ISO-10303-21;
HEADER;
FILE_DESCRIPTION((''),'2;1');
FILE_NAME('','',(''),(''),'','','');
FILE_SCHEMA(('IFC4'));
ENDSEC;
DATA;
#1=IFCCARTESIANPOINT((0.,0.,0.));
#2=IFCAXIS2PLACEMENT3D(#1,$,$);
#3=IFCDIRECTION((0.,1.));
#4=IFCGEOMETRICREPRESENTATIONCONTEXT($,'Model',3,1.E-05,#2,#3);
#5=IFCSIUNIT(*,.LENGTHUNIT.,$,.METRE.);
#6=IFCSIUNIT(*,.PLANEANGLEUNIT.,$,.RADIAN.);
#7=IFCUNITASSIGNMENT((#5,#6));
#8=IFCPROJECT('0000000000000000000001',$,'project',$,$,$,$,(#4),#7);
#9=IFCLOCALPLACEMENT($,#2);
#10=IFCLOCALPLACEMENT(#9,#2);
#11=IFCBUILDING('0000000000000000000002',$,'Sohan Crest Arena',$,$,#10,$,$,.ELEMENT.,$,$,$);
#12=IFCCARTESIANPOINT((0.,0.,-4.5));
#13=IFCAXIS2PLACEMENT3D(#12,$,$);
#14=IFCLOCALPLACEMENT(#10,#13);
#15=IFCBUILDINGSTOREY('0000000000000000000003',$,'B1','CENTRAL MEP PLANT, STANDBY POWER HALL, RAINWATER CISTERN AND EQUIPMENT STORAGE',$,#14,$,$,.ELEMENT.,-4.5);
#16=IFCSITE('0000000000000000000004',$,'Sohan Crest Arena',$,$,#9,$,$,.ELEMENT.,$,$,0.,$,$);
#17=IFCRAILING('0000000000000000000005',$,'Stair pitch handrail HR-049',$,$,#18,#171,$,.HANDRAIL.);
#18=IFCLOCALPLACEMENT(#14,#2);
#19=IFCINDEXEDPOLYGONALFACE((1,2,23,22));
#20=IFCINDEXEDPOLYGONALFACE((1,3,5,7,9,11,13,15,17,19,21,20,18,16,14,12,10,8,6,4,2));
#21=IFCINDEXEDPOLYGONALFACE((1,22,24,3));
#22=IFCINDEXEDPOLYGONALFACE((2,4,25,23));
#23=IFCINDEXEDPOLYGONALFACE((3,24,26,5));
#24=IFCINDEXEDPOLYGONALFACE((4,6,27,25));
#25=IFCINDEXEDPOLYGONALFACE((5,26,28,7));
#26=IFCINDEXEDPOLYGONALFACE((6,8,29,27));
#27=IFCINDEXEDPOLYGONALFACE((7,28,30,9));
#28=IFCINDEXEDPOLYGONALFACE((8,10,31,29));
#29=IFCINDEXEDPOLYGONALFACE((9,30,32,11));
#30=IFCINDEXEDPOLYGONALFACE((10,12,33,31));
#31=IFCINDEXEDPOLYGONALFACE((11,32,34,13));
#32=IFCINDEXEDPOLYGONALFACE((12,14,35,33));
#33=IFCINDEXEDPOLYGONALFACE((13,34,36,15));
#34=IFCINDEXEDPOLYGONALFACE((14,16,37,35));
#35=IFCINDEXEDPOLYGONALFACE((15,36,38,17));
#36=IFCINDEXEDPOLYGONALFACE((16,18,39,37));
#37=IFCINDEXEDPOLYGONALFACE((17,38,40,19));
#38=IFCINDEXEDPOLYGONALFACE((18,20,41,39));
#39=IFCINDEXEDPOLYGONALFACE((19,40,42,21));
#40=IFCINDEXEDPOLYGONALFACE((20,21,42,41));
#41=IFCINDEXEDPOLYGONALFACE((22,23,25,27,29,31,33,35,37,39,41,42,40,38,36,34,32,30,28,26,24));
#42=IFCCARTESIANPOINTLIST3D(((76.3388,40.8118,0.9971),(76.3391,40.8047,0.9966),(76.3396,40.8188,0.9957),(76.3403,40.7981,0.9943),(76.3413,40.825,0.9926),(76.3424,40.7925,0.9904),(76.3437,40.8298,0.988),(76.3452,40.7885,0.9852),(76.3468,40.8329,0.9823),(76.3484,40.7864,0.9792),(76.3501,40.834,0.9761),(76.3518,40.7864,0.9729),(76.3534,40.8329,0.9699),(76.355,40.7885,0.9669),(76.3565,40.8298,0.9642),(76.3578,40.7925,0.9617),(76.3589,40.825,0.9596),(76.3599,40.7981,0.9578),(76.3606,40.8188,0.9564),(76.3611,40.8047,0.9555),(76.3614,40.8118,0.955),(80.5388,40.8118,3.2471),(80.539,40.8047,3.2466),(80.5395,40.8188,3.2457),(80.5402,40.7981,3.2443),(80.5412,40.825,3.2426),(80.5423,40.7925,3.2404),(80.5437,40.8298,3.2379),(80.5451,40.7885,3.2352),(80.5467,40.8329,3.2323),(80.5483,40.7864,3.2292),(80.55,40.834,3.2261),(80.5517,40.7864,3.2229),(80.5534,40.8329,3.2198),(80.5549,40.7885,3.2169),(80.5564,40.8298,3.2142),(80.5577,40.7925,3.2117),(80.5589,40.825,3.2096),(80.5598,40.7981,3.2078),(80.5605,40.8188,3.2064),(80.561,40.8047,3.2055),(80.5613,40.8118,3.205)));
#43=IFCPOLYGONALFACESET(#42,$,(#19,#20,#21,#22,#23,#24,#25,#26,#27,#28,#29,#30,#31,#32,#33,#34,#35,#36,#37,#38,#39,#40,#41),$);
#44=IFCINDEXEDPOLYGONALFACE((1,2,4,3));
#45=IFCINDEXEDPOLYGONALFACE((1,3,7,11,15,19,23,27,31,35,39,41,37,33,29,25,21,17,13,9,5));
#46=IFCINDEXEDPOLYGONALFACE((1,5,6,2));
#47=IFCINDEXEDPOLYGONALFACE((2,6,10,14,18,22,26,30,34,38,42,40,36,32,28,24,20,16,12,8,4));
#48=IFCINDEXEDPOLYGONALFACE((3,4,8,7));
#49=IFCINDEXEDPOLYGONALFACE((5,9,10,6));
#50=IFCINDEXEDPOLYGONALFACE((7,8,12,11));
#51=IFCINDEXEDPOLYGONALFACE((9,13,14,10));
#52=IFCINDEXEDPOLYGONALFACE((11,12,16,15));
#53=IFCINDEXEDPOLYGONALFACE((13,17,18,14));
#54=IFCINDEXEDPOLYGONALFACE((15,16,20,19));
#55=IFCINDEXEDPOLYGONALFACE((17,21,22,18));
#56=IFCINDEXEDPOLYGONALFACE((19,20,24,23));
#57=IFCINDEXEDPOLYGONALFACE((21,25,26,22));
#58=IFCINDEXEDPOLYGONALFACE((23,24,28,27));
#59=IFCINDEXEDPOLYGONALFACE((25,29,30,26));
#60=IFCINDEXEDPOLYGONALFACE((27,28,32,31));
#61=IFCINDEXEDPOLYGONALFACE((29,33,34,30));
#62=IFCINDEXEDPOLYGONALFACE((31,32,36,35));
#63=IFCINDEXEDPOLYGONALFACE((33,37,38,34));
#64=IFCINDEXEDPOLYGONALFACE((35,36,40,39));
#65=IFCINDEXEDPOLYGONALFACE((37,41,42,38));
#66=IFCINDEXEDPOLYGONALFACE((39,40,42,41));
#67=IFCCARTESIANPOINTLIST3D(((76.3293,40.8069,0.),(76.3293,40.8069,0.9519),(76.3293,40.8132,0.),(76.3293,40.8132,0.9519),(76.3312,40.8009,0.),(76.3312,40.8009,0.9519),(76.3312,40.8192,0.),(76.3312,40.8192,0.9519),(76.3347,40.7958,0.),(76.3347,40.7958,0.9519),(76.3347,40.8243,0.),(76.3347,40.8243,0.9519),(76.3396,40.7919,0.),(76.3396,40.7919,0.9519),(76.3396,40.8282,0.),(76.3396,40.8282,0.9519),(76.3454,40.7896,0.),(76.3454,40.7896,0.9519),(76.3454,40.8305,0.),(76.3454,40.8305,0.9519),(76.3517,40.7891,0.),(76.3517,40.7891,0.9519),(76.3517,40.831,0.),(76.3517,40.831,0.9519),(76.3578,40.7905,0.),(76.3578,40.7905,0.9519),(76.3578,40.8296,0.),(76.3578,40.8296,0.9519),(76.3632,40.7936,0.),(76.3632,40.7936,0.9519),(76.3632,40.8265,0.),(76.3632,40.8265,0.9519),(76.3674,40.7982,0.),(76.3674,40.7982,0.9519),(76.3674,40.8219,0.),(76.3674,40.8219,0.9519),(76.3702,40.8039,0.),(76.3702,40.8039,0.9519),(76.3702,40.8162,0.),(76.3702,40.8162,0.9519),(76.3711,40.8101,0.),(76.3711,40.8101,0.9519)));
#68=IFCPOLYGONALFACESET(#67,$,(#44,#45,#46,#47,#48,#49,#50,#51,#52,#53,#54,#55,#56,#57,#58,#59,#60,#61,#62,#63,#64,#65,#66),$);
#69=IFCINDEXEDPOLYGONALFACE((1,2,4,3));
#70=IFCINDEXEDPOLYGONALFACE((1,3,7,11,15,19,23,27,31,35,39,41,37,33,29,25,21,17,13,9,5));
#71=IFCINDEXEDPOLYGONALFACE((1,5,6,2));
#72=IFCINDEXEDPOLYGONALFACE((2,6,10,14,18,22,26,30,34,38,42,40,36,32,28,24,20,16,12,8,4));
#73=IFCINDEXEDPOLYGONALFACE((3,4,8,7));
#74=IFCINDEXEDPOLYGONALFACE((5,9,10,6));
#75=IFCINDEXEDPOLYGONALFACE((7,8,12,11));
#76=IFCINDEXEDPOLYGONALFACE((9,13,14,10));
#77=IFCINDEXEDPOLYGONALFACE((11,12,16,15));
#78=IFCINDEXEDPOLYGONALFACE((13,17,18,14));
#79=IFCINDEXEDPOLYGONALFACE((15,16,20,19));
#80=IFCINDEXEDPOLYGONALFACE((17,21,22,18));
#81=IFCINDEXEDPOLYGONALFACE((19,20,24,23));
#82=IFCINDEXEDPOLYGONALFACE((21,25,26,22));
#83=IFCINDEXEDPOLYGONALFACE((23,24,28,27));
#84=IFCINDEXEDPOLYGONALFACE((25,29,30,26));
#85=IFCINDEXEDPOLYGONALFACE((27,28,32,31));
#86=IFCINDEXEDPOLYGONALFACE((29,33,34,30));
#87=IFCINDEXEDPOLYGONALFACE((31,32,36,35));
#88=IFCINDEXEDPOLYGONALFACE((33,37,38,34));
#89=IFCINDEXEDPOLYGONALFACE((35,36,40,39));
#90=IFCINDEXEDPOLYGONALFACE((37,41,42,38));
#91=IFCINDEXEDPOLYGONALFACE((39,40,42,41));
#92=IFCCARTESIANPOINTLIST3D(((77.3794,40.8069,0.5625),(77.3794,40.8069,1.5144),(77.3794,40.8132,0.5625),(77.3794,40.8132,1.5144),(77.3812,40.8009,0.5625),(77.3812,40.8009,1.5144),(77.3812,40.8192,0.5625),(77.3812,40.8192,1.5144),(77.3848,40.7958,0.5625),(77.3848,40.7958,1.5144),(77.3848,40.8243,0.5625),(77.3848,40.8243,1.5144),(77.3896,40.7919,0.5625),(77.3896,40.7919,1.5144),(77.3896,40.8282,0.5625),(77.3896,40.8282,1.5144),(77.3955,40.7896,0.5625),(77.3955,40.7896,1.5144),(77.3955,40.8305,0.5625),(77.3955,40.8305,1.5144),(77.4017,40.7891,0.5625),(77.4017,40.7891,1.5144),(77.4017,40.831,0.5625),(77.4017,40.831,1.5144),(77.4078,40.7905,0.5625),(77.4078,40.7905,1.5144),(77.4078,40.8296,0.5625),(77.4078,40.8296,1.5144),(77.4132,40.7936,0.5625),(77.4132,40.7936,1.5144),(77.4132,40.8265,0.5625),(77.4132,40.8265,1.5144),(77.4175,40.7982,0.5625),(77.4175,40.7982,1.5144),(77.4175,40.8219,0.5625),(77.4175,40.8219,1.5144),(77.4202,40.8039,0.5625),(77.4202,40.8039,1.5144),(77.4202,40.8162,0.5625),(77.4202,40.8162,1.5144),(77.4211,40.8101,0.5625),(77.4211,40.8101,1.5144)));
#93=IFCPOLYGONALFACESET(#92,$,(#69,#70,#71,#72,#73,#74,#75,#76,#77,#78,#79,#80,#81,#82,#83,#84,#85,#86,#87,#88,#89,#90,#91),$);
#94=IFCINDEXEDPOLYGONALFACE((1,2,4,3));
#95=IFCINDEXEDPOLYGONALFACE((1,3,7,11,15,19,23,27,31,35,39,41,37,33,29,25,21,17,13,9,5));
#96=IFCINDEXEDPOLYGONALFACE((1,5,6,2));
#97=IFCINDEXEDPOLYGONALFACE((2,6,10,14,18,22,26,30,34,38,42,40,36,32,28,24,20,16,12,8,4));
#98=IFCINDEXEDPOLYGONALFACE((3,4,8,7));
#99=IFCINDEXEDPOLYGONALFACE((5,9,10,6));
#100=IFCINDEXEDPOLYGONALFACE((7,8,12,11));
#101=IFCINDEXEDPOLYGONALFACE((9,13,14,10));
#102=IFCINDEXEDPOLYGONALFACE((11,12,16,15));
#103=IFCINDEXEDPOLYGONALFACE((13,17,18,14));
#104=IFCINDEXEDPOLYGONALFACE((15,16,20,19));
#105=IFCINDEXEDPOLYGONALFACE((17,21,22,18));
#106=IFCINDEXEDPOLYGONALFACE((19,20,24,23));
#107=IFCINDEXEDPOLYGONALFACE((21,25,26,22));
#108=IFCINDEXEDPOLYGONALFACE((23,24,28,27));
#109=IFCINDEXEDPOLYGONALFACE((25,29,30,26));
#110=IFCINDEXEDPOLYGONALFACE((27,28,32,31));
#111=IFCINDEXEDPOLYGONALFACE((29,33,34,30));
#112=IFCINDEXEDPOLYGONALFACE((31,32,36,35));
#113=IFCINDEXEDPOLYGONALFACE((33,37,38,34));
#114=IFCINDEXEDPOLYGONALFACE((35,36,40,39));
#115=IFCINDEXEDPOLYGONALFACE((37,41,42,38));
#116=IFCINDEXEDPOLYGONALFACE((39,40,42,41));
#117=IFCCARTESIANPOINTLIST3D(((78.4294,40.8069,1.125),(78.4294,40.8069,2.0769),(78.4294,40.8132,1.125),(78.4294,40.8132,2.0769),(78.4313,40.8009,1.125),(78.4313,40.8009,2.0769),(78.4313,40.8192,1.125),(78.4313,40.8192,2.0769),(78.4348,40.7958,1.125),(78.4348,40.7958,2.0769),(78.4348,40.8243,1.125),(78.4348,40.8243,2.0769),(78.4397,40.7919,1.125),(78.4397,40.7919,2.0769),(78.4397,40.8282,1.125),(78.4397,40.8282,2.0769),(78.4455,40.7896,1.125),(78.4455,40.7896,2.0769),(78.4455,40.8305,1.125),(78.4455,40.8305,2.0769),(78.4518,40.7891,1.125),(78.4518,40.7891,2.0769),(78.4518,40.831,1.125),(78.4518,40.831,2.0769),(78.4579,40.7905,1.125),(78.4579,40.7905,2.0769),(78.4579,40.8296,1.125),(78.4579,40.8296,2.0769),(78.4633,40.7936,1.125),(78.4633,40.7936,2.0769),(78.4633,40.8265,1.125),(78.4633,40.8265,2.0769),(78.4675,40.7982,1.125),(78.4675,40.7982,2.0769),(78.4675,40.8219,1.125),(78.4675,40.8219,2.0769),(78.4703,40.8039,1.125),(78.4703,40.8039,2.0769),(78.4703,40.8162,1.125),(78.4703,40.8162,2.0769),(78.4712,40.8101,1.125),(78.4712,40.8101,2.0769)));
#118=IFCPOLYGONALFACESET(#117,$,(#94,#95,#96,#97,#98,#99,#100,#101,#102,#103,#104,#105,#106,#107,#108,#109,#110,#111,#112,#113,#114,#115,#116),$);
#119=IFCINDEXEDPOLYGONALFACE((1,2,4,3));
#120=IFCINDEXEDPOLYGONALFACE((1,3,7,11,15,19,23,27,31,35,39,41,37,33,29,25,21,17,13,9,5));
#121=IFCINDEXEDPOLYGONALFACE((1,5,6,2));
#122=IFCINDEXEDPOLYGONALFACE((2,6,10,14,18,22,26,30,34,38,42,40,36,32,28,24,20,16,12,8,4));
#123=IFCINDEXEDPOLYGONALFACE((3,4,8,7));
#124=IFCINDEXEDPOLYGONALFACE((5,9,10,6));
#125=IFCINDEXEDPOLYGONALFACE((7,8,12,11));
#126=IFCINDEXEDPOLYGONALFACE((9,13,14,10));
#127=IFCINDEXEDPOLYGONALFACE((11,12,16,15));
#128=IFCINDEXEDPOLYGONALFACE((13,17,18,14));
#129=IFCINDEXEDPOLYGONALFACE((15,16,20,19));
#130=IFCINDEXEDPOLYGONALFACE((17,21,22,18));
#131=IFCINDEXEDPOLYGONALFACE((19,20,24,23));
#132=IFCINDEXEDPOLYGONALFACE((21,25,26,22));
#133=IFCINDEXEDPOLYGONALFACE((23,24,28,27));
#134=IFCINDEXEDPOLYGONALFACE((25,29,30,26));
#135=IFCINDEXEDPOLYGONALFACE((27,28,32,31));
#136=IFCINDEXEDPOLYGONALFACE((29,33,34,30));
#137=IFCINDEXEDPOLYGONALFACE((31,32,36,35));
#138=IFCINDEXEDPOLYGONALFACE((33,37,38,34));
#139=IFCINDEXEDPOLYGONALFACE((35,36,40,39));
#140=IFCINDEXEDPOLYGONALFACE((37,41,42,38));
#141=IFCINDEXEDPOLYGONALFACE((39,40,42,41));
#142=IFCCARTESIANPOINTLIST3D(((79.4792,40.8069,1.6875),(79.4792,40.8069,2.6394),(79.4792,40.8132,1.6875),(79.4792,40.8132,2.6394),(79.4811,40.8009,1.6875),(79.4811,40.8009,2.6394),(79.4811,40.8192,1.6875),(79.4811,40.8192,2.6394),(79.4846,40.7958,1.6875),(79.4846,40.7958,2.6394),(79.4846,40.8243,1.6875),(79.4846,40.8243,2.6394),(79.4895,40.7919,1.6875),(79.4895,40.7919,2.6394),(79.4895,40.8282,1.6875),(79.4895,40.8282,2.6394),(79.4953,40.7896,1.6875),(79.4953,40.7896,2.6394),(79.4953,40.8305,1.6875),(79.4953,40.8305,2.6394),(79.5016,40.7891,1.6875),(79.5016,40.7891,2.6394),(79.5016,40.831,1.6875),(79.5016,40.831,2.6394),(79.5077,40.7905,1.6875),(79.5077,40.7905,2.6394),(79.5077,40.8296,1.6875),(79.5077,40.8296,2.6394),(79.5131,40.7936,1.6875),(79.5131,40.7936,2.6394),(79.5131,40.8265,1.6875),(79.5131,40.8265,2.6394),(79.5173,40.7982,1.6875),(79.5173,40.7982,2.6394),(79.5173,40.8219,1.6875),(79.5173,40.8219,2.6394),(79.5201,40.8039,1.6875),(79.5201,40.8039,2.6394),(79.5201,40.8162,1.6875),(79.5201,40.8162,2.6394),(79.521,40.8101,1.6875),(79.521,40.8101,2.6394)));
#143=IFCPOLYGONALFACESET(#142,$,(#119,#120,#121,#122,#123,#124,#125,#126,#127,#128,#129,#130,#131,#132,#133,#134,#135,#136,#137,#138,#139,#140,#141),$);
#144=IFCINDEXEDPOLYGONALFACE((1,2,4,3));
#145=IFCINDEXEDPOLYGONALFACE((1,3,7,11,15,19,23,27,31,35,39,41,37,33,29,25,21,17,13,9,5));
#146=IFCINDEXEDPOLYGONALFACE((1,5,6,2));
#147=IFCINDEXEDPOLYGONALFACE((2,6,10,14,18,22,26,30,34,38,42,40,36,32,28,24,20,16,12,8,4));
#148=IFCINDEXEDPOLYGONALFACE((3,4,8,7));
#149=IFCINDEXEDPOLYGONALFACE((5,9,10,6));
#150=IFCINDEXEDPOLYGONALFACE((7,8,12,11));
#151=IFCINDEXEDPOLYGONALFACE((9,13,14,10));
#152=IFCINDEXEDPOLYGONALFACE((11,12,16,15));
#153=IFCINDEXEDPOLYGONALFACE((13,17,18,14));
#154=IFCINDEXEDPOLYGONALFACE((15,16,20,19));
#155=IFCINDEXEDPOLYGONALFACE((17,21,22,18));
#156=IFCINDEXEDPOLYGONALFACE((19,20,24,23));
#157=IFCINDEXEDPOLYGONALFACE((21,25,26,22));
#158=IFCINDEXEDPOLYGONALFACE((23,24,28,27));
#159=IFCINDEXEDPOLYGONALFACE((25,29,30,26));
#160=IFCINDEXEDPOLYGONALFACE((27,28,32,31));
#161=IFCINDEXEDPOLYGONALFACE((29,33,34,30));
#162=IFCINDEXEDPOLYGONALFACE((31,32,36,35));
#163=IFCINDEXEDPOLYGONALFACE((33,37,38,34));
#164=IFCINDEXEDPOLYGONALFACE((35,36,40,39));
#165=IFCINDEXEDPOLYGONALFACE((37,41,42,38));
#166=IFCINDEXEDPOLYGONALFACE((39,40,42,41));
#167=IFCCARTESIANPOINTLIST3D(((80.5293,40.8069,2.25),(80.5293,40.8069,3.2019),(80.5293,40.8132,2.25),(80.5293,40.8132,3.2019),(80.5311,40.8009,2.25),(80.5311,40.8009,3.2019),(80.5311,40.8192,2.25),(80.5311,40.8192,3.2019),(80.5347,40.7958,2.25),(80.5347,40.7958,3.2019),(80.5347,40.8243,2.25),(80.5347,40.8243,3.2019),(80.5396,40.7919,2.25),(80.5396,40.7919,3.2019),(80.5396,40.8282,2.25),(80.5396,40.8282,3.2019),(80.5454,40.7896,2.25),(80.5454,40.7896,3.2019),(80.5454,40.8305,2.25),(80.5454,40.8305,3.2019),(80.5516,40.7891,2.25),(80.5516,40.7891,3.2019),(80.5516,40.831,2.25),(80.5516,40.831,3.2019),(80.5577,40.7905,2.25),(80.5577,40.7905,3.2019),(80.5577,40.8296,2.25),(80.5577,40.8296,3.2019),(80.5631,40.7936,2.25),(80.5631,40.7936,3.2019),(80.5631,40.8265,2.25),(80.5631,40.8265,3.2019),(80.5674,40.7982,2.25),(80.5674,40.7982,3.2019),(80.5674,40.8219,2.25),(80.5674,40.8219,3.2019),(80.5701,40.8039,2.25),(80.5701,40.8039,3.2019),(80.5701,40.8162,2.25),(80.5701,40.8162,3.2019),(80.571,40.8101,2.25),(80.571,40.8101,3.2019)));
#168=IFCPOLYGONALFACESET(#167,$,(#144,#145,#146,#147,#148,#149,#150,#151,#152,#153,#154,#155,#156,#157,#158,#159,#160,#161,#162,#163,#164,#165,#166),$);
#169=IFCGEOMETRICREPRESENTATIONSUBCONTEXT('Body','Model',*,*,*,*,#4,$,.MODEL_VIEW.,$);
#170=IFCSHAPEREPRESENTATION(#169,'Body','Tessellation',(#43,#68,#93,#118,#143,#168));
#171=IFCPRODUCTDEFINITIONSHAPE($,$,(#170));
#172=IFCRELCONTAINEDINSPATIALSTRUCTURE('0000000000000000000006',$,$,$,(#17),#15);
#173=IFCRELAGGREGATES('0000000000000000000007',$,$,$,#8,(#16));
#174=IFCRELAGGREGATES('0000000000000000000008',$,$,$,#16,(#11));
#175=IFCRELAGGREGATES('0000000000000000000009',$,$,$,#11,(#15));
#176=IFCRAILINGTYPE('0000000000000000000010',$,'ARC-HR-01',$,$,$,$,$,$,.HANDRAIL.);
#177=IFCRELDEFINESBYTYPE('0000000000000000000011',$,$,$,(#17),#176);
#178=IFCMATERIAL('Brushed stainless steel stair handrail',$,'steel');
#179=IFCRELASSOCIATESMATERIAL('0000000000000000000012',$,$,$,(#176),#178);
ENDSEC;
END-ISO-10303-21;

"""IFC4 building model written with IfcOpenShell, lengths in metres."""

from ifc_helpers import new_model, si_unit, direction, frame, origin, origin_2d, place, context, subcontext, project, spatial, circle, extrude, material, type_object, element, save


model = new_model("IFC4")

# Units and contexts
model_context = context("Model", 3, precision=1e-05, world=origin(), true_north=direction((0.0, 1.0)))
body_context = subcontext(model_context, "Body", "Model", "MODEL_VIEW")
ifc_project = project(units=[si_unit("LENGTHUNIT", "METRE"), si_unit("PLANEANGLEUNIT", "RADIAN")], contexts=[model_context])

# Site, building, storey
site_placement = place(None, origin())
site = spatial("IfcSite", under=ifc_project, at=site_placement, Name="Sohan Crest Arena", CompositionType="ELEMENT", RefElevation=0.0)
building_placement = place(site_placement, origin())
building = spatial("IfcBuilding", under=site, at=building_placement, Name="Sohan Crest Arena", CompositionType="ELEMENT")
storey_placement = place(building_placement, frame((0.0, 0.0, -4.5)))
storey = spatial("IfcBuildingStorey", under=building, at=storey_placement, Name="B1", Description="CENTRAL MEP PLANT, STANDBY POWER HALL, RAINWATER CISTERN AND EQUIPMENT STORAGE", CompositionType="ELEMENT", Elevation=-4.5)

# Railing
ifc_material_1 = material(Name="Brushed stainless steel stair handrail", Category="steel")
railing_type_1 = type_object("IfcRailingType", Name="ARC-HR-01", PredefinedType="HANDRAIL", material=ifc_material_1)
for number, where, name in (
    (1, (76.3501, 40.8101, 0.0), "Stair pitch handrail HR-049"),
):
    element("IfcRailing", number, at=place(storey_placement, frame(where)), inside=storey, type_object=railing_type_1, Name=name, PredefinedType="HANDRAIL", context=body_context, shape_type="SweptSolid", body=[
        extrude(circle(Radius=0.0239, at=origin_2d()), frame((0.0, 0.0, 0.9761), z_axis=(0.881478, 0.0, 0.472226), x_axis=(0.0, 1.0, 0.0)), (0.0, 0.0, 1.0), 4.7646),
        extrude(circle(Radius=0.021, at=origin_2d()), origin(), (0.0, 0.0, 1.0), 0.9519),
        extrude(circle(Radius=0.021, at=origin_2d()), frame((1.05, 0.0, 0.5625)), (0.0, 0.0, 1.0), 0.9519),
        extrude(circle(Radius=0.021, at=origin_2d()), frame((2.1001, 0.0, 1.125)), (0.0, 0.0, 1.0), 0.9519),
        extrude(circle(Radius=0.021, at=origin_2d()), frame((3.1499, 0.0, 1.6875)), (0.0, 0.0, 1.0), 0.9519),
        extrude(circle(Radius=0.021, at=origin_2d()), frame((4.2, 0.0, 2.25)), (0.0, 0.0, 1.0), 0.9519),
    ])

save(model, "model.ifc")
